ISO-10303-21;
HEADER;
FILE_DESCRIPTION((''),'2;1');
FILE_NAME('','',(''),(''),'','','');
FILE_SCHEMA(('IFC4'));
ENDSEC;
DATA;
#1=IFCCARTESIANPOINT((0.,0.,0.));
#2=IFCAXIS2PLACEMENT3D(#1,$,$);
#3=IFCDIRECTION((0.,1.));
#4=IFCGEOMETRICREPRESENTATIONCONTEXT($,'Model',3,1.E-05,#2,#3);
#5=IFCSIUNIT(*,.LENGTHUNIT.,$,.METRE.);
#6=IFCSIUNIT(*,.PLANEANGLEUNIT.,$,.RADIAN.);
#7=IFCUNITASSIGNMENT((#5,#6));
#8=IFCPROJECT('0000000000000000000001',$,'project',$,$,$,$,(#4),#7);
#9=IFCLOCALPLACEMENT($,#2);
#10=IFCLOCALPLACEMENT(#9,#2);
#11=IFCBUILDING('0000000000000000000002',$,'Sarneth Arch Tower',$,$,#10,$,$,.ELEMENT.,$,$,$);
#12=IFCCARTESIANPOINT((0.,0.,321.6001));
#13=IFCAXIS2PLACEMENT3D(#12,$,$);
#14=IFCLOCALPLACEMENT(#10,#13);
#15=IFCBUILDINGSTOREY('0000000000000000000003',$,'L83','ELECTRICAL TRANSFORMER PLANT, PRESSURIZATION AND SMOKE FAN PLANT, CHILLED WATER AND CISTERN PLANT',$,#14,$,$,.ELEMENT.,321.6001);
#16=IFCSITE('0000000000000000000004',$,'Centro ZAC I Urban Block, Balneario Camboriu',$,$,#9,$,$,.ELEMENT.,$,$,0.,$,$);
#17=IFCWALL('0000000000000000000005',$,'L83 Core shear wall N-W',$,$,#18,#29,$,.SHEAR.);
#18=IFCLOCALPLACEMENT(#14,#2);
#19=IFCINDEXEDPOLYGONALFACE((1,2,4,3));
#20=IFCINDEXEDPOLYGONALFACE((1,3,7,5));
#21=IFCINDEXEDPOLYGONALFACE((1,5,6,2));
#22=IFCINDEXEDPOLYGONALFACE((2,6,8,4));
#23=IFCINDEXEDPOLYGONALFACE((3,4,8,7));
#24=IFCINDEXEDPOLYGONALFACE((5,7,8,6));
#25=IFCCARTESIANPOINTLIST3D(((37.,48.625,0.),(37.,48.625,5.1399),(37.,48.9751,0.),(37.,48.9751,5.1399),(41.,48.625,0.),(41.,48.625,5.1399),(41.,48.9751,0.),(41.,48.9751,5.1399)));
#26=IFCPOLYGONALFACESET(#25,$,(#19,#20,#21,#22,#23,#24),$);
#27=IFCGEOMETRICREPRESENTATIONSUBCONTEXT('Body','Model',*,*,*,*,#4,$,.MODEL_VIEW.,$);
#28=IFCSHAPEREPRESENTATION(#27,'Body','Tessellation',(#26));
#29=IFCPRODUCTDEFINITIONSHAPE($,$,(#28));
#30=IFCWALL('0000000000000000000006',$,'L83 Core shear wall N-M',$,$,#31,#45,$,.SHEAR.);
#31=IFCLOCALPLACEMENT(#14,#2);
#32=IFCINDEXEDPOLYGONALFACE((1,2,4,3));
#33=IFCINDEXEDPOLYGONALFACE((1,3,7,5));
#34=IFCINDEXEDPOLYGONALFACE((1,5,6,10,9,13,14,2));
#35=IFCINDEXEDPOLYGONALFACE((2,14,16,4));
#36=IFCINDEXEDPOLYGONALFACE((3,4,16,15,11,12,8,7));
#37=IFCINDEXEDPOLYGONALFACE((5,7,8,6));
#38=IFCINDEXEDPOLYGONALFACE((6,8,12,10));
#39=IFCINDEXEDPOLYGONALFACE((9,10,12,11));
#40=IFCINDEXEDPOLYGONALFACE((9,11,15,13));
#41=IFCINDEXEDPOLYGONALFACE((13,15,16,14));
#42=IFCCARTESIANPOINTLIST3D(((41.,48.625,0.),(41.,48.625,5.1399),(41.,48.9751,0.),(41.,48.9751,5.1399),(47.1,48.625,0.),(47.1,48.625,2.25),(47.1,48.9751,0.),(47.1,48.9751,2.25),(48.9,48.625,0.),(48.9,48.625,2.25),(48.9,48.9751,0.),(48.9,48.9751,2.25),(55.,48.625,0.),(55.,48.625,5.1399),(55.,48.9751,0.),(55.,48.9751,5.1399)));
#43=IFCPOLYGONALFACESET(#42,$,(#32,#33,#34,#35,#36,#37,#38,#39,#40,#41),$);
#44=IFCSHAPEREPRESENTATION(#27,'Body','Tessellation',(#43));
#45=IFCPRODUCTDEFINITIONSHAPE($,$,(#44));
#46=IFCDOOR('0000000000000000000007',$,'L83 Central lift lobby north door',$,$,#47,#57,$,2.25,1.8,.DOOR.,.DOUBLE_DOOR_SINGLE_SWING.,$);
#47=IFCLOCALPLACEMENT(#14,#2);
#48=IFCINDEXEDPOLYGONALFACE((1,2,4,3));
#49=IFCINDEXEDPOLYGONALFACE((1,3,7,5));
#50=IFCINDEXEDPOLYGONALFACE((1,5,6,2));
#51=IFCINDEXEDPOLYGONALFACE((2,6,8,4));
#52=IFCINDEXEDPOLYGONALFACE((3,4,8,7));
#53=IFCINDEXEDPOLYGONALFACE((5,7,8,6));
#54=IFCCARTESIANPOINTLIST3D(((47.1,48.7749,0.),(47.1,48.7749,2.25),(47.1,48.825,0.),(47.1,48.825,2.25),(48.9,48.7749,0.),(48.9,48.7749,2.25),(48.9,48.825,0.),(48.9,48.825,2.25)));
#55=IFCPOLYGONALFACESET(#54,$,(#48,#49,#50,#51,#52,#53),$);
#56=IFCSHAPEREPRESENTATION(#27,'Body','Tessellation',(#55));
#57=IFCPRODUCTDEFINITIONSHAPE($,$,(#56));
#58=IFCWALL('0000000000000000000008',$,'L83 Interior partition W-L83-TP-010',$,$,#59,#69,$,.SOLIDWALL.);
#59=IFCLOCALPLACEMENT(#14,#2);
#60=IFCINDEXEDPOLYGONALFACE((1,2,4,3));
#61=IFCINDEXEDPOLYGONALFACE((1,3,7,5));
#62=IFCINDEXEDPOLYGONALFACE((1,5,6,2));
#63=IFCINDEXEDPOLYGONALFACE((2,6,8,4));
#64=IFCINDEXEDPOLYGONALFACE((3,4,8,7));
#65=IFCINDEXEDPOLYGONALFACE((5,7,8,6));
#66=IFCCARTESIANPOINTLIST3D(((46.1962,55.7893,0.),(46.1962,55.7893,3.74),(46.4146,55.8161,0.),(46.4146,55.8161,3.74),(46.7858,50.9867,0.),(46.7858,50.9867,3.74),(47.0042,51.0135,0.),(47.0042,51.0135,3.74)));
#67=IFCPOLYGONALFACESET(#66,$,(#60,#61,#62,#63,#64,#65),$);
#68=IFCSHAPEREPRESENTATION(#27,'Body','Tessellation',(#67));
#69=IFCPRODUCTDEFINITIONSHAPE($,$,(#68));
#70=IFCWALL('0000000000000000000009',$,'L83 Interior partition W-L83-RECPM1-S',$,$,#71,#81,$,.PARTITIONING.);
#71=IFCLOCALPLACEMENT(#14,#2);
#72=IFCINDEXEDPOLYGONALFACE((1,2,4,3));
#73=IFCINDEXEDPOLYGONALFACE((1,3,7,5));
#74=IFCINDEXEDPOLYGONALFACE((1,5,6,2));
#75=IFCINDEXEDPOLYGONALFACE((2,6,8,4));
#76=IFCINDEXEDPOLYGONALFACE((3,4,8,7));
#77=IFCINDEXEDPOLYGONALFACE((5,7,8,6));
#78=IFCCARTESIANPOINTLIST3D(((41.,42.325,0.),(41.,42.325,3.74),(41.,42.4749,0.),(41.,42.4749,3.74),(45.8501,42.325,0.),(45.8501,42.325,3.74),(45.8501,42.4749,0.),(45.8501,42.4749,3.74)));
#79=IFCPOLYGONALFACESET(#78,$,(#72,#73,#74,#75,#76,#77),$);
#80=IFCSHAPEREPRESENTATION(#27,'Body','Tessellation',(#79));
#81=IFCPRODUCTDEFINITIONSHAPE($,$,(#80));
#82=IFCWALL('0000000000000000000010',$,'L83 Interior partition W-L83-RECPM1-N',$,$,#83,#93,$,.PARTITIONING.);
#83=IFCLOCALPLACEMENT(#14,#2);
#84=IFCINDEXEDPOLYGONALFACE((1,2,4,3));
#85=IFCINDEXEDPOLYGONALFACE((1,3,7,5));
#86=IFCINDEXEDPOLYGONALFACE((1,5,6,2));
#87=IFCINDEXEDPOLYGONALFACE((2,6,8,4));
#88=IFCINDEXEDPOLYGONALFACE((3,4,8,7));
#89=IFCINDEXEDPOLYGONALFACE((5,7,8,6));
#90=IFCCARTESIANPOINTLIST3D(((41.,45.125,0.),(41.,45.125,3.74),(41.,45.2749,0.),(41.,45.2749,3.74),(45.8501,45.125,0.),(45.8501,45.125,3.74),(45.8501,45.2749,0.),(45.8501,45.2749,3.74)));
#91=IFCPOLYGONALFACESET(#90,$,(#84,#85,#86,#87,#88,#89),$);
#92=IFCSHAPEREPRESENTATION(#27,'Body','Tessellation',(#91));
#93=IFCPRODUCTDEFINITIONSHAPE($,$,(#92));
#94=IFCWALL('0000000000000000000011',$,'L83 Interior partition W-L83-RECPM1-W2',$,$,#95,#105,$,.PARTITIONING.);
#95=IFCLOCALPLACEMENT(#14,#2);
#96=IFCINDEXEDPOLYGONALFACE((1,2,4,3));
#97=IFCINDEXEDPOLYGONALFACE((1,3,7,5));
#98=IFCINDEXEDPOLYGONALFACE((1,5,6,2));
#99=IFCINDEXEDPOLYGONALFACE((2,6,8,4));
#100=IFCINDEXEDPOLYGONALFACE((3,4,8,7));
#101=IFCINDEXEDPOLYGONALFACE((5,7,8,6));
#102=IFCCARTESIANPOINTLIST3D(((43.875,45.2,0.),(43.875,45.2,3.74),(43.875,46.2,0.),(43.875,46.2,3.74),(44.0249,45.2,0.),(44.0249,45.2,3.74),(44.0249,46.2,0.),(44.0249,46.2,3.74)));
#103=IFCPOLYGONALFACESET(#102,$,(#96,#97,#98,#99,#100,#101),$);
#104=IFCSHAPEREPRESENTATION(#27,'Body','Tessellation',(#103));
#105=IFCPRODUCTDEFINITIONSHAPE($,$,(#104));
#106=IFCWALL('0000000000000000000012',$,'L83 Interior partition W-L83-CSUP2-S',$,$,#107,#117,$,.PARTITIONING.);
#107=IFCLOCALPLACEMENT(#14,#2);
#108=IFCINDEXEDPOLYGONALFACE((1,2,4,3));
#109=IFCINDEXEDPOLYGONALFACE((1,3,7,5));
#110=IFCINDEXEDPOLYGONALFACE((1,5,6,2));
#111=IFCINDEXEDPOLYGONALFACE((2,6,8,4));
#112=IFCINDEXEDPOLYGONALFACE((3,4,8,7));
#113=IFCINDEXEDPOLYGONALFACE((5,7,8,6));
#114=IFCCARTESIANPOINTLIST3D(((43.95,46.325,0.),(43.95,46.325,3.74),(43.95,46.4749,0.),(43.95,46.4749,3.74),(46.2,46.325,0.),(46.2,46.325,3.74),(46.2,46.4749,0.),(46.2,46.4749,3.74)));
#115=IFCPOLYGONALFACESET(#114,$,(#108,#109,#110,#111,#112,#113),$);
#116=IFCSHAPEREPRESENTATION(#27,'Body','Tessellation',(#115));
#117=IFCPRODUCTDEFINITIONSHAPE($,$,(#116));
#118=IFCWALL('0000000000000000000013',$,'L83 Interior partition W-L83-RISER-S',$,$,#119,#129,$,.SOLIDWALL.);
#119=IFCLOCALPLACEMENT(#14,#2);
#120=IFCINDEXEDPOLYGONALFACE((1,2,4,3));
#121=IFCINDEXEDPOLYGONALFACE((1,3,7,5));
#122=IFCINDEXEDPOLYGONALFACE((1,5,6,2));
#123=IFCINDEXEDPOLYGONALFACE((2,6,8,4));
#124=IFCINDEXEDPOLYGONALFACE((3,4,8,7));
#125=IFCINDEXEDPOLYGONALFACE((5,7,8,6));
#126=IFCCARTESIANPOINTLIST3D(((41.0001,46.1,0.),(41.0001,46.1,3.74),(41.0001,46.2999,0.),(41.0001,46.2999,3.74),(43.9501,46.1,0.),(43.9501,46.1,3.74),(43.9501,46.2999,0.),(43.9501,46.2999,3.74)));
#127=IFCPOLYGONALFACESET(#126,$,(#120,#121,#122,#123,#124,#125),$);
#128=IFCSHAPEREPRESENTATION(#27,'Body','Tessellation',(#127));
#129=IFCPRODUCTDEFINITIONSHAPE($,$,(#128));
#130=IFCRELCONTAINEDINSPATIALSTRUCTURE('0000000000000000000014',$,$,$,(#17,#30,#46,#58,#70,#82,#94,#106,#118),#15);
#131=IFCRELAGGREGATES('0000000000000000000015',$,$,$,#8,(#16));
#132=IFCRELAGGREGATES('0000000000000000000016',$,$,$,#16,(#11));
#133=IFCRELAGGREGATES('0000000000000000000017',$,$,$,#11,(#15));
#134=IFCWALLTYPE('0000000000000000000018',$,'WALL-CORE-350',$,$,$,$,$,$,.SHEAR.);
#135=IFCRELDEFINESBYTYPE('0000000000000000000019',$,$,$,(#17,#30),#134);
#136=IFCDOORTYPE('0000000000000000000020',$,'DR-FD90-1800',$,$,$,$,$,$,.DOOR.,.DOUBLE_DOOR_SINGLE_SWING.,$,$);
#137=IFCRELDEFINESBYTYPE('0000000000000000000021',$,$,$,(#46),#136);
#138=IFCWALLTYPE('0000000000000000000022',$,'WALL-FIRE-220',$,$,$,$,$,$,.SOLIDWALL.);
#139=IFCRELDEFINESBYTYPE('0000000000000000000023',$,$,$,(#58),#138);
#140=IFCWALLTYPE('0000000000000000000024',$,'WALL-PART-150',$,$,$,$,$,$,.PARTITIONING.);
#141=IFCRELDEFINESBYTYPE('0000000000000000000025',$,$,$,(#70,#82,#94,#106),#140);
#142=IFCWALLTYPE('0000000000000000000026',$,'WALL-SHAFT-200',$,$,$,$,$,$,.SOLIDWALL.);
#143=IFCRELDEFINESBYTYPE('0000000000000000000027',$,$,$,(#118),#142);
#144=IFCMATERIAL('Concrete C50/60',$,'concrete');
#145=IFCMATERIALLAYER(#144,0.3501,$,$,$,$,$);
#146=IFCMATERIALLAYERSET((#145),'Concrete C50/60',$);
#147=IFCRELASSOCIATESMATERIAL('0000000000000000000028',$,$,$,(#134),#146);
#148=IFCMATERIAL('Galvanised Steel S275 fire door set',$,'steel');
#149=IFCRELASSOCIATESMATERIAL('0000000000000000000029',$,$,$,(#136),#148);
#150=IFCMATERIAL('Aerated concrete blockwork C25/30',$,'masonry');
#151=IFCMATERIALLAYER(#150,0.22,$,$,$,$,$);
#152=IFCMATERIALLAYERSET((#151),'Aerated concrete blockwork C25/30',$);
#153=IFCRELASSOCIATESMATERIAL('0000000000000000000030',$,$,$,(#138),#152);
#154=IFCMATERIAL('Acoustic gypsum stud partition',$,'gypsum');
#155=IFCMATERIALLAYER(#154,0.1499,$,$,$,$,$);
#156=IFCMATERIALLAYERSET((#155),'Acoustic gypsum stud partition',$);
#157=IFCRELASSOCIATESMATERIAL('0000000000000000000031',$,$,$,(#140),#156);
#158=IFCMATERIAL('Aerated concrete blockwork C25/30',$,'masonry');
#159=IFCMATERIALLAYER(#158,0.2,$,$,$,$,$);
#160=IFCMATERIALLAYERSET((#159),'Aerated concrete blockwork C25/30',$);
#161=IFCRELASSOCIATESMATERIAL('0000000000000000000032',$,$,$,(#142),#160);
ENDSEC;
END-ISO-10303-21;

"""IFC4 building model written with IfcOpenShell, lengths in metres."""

from ifc_helpers import new_model, si_unit, direction, frame, frame_2d, origin, place, context, subcontext, project, spatial, rectangle, extrude, material, layer, layer_set, type_object, element, fill, save


model = new_model("IFC4")

# Units and contexts
model_context = context("Model", 3, precision=1e-05, world=origin(), true_north=direction((0.0, 1.0)))
body_context = subcontext(model_context, "Body", "Model", "MODEL_VIEW")
ifc_project = project(units=[si_unit("LENGTHUNIT", "METRE"), si_unit("PLANEANGLEUNIT", "RADIAN")], contexts=[model_context])

# Site, building, storey
site_placement = place(None, origin())
site = spatial("IfcSite", under=ifc_project, at=site_placement, Name="Centro ZAC I Urban Block, Balneario Camboriu", CompositionType="ELEMENT", RefElevation=0.0)
building_placement = place(site_placement, origin())
building = spatial("IfcBuilding", under=site, at=building_placement, Name="Sarneth Arch Tower", CompositionType="ELEMENT")
storey_placement = place(building_placement, frame((0.0, 0.0, 321.6001)))
storey = spatial("IfcBuildingStorey", under=building, at=storey_placement, Name="L83", Description="ELECTRICAL TRANSFORMER PLANT, PRESSURIZATION AND SMOKE FAN PLANT, CHILLED WATER AND CISTERN PLANT", CompositionType="ELEMENT", Elevation=321.6001)

# Wall
ifc_material_1 = material(Name="Concrete C50/60", Category="concrete")
ifc_layer_1 = layer(ifc_material_1, 0.3501)
ifc_layer_set_1 = layer_set([ifc_layer_1], Name="Concrete C50/60")
wall_type_1 = type_object("IfcWallType", Name="WALL-CORE-350", PredefinedType="SHEAR", material=ifc_layer_set_1)
wall_1_placement = place(storey_placement, frame((37.0, 48.8, 0.0), z_axis=(0.0, 0.0, 1.0), x_axis=(1.0, 0.0, 0.0)))
element("IfcWall", 1, at=wall_1_placement, inside=storey, type_object=wall_type_1, Name="L83 Core shear wall N-W", PredefinedType="SHEAR", context=body_context, shape_type="SweptSolid", body=[
    extrude(rectangle(XDim=4.0, YDim=0.3501, at=frame_2d((2.0, 0.0))), origin(), (0.0, 0.0, 1.0), 5.1399),
])

# Wall, opening, door
wall_2_placement = place(storey_placement, frame((41.0, 48.8, 0.0), z_axis=(0.0, 0.0, 1.0), x_axis=(1.0, 0.0, 0.0)))
wall_2 = element("IfcWall", 2, at=wall_2_placement, inside=storey, type_object=wall_type_1, Name="L83 Core shear wall N-M", PredefinedType="SHEAR", context=body_context, shape_type="SweptSolid", body=[
    extrude(rectangle(XDim=14.0, YDim=0.3501, at=frame_2d((7.0, 0.0))), origin(), (0.0, 0.0, 1.0), 5.1399),
])
opening_1_placement = place(wall_2_placement, frame((6.1001, 0.0, 0.0)))
opening_1 = element("IfcOpeningElement", 3, at=opening_1_placement, cuts=wall_2, PredefinedType="OPENING", context=body_context, shape_type="SweptSolid", body=[
    extrude(rectangle(XDim=1.8, YDim=2.25, at=frame_2d((0.8999, 1.125))), frame((0.0, 0.1851, 0.0), z_axis=(0.0, -1.0, 0.0), x_axis=(1.0, 0.0, 0.0)), (0.0, 0.0, 1.0), 0.3701),
])
ifc_material_2 = material(Name="Galvanised Steel S275 fire door set", Category="steel")
door_type_1 = type_object("IfcDoorType", Name="DR-FD90-1800", OperationType="DOUBLE_DOOR_SINGLE_SWING", PredefinedType="DOOR", material=ifc_material_2)
door_1_placement = place(opening_1_placement, origin())
door_1 = element("IfcDoor", 4, at=door_1_placement, inside=storey, type_object=door_type_1, Name="L83 Central lift lobby north door", OperationType="DOUBLE_DOOR_SINGLE_SWING", OverallHeight=2.25, OverallWidth=1.8, PredefinedType="DOOR", context=body_context, shape_type="SweptSolid", body=[
    extrude(rectangle(XDim=1.8, YDim=2.25, at=frame_2d((0.8999, 1.125))), frame((0.0, 0.0249, 0.0), z_axis=(0.0, -1.0, 0.0), x_axis=(1.0, 0.0, 0.0)), (0.0, 0.0, 1.0), 0.05),
])
fill(opening_1, door_1)

# Walls
ifc_material_3 = material(Name="Aerated concrete blockwork C25/30", Category="masonry")
ifc_layer_2 = layer(ifc_material_3, 0.22)
ifc_layer_set_2 = layer_set([ifc_layer_2], Name="Aerated concrete blockwork C25/30")
wall_type_2 = type_object("IfcWallType", Name="WALL-FIRE-220", PredefinedType="SOLIDWALL", material=ifc_layer_set_2)
wall_3_placement = place(storey_placement, frame((46.895, 51.0, 0.0), z_axis=(0.0, 0.0, 1.0), x_axis=(-0.121855, 0.992548, 0.0)))
element("IfcWall", 5, at=wall_3_placement, inside=storey, type_object=wall_type_2, Name="L83 Interior partition W-L83-TP-010", PredefinedType="SOLIDWALL", context=body_context, shape_type="SweptSolid", body=[
    extrude(rectangle(XDim=4.8386, YDim=0.22, at=frame_2d((2.4194, 0.0))), origin(), (0.0, 0.0, 1.0), 3.74),
])
ifc_material_4 = material(Name="Acoustic gypsum stud partition", Category="gypsum")
ifc_layer_3 = layer(ifc_material_4, 0.1499)
ifc_layer_set_3 = layer_set([ifc_layer_3], Name="Acoustic gypsum stud partition")
wall_type_3 = type_object("IfcWallType", Name="WALL-PART-150", PredefinedType="PARTITIONING", material=ifc_layer_set_3)
for number, where, z_axis, x_axis, name in (
    (6, (41.0, 42.3999, 0.0), (0.0, 0.0, 1.0), (1.0, 0.0, 0.0), "L83 Interior partition W-L83-RECPM1-S"),
    (7, (41.0, 45.2, 0.0), (0.0, 0.0, 1.0), (1.0, 0.0, 0.0), "L83 Interior partition W-L83-RECPM1-N"),
):
    element("IfcWall", number, at=place(storey_placement, frame(where, z_axis=z_axis, x_axis=x_axis)), inside=storey, type_object=wall_type_3, Name=name, PredefinedType="PARTITIONING", context=body_context, shape_type="SweptSolid", body=[
        extrude(rectangle(XDim=4.8501, YDim=0.1499, at=frame_2d((2.425, 0.0))), origin(), (0.0, 0.0, 1.0), 3.74),
    ])
wall_4_placement = place(storey_placement, frame((43.95, 45.2, 0.0), z_axis=(0.0, 0.0, 1.0), x_axis=(0.0, 1.0, 0.0)))
element("IfcWall", 8, at=wall_4_placement, inside=storey, type_object=wall_type_3, Name="L83 Interior partition W-L83-RECPM1-W2", PredefinedType="PARTITIONING", context=body_context, shape_type="SweptSolid", body=[
    extrude(rectangle(XDim=1.0, YDim=0.1499, at=frame_2d((0.5, 0.0))), origin(), (0.0, 0.0, 1.0), 3.74),
])

# Wall
wall_5_placement = place(storey_placement, frame((43.95, 46.3999, 0.0), z_axis=(0.0, 0.0, 1.0), x_axis=(1.0, 0.0, 0.0)))
element("IfcWall", 9, at=wall_5_placement, inside=storey, type_object=wall_type_3, Name="L83 Interior partition W-L83-CSUP2-S", PredefinedType="PARTITIONING", context=body_context, shape_type="SweptSolid", body=[
    extrude(rectangle(XDim=2.25, YDim=0.1499, at=frame_2d((1.125, 0.0))), origin(), (0.0, 0.0, 1.0), 3.74),
])

# Wall
ifc_material_5 = material(Name="Aerated concrete blockwork C25/30", Category="masonry")
ifc_layer_4 = layer(ifc_material_5, 0.2)
ifc_layer_set_4 = layer_set([ifc_layer_4], Name="Aerated concrete blockwork C25/30")
wall_type_4 = type_object("IfcWallType", Name="WALL-SHAFT-200", PredefinedType="SOLIDWALL", material=ifc_layer_set_4)
wall_6_placement = place(storey_placement, frame((41.0, 46.2, 0.0), z_axis=(0.0, 0.0, 1.0), x_axis=(1.0, 0.0, 0.0)))
element("IfcWall", 10, at=wall_6_placement, inside=storey, type_object=wall_type_4, Name="L83 Interior partition W-L83-RISER-S", PredefinedType="SOLIDWALL", context=body_context, shape_type="SweptSolid", body=[
    extrude(rectangle(XDim=2.95, YDim=0.2, at=frame_2d((1.4751, 0.0))), origin(), (0.0, 0.0, 1.0), 3.74),
])

save(model, "model.ifc")
